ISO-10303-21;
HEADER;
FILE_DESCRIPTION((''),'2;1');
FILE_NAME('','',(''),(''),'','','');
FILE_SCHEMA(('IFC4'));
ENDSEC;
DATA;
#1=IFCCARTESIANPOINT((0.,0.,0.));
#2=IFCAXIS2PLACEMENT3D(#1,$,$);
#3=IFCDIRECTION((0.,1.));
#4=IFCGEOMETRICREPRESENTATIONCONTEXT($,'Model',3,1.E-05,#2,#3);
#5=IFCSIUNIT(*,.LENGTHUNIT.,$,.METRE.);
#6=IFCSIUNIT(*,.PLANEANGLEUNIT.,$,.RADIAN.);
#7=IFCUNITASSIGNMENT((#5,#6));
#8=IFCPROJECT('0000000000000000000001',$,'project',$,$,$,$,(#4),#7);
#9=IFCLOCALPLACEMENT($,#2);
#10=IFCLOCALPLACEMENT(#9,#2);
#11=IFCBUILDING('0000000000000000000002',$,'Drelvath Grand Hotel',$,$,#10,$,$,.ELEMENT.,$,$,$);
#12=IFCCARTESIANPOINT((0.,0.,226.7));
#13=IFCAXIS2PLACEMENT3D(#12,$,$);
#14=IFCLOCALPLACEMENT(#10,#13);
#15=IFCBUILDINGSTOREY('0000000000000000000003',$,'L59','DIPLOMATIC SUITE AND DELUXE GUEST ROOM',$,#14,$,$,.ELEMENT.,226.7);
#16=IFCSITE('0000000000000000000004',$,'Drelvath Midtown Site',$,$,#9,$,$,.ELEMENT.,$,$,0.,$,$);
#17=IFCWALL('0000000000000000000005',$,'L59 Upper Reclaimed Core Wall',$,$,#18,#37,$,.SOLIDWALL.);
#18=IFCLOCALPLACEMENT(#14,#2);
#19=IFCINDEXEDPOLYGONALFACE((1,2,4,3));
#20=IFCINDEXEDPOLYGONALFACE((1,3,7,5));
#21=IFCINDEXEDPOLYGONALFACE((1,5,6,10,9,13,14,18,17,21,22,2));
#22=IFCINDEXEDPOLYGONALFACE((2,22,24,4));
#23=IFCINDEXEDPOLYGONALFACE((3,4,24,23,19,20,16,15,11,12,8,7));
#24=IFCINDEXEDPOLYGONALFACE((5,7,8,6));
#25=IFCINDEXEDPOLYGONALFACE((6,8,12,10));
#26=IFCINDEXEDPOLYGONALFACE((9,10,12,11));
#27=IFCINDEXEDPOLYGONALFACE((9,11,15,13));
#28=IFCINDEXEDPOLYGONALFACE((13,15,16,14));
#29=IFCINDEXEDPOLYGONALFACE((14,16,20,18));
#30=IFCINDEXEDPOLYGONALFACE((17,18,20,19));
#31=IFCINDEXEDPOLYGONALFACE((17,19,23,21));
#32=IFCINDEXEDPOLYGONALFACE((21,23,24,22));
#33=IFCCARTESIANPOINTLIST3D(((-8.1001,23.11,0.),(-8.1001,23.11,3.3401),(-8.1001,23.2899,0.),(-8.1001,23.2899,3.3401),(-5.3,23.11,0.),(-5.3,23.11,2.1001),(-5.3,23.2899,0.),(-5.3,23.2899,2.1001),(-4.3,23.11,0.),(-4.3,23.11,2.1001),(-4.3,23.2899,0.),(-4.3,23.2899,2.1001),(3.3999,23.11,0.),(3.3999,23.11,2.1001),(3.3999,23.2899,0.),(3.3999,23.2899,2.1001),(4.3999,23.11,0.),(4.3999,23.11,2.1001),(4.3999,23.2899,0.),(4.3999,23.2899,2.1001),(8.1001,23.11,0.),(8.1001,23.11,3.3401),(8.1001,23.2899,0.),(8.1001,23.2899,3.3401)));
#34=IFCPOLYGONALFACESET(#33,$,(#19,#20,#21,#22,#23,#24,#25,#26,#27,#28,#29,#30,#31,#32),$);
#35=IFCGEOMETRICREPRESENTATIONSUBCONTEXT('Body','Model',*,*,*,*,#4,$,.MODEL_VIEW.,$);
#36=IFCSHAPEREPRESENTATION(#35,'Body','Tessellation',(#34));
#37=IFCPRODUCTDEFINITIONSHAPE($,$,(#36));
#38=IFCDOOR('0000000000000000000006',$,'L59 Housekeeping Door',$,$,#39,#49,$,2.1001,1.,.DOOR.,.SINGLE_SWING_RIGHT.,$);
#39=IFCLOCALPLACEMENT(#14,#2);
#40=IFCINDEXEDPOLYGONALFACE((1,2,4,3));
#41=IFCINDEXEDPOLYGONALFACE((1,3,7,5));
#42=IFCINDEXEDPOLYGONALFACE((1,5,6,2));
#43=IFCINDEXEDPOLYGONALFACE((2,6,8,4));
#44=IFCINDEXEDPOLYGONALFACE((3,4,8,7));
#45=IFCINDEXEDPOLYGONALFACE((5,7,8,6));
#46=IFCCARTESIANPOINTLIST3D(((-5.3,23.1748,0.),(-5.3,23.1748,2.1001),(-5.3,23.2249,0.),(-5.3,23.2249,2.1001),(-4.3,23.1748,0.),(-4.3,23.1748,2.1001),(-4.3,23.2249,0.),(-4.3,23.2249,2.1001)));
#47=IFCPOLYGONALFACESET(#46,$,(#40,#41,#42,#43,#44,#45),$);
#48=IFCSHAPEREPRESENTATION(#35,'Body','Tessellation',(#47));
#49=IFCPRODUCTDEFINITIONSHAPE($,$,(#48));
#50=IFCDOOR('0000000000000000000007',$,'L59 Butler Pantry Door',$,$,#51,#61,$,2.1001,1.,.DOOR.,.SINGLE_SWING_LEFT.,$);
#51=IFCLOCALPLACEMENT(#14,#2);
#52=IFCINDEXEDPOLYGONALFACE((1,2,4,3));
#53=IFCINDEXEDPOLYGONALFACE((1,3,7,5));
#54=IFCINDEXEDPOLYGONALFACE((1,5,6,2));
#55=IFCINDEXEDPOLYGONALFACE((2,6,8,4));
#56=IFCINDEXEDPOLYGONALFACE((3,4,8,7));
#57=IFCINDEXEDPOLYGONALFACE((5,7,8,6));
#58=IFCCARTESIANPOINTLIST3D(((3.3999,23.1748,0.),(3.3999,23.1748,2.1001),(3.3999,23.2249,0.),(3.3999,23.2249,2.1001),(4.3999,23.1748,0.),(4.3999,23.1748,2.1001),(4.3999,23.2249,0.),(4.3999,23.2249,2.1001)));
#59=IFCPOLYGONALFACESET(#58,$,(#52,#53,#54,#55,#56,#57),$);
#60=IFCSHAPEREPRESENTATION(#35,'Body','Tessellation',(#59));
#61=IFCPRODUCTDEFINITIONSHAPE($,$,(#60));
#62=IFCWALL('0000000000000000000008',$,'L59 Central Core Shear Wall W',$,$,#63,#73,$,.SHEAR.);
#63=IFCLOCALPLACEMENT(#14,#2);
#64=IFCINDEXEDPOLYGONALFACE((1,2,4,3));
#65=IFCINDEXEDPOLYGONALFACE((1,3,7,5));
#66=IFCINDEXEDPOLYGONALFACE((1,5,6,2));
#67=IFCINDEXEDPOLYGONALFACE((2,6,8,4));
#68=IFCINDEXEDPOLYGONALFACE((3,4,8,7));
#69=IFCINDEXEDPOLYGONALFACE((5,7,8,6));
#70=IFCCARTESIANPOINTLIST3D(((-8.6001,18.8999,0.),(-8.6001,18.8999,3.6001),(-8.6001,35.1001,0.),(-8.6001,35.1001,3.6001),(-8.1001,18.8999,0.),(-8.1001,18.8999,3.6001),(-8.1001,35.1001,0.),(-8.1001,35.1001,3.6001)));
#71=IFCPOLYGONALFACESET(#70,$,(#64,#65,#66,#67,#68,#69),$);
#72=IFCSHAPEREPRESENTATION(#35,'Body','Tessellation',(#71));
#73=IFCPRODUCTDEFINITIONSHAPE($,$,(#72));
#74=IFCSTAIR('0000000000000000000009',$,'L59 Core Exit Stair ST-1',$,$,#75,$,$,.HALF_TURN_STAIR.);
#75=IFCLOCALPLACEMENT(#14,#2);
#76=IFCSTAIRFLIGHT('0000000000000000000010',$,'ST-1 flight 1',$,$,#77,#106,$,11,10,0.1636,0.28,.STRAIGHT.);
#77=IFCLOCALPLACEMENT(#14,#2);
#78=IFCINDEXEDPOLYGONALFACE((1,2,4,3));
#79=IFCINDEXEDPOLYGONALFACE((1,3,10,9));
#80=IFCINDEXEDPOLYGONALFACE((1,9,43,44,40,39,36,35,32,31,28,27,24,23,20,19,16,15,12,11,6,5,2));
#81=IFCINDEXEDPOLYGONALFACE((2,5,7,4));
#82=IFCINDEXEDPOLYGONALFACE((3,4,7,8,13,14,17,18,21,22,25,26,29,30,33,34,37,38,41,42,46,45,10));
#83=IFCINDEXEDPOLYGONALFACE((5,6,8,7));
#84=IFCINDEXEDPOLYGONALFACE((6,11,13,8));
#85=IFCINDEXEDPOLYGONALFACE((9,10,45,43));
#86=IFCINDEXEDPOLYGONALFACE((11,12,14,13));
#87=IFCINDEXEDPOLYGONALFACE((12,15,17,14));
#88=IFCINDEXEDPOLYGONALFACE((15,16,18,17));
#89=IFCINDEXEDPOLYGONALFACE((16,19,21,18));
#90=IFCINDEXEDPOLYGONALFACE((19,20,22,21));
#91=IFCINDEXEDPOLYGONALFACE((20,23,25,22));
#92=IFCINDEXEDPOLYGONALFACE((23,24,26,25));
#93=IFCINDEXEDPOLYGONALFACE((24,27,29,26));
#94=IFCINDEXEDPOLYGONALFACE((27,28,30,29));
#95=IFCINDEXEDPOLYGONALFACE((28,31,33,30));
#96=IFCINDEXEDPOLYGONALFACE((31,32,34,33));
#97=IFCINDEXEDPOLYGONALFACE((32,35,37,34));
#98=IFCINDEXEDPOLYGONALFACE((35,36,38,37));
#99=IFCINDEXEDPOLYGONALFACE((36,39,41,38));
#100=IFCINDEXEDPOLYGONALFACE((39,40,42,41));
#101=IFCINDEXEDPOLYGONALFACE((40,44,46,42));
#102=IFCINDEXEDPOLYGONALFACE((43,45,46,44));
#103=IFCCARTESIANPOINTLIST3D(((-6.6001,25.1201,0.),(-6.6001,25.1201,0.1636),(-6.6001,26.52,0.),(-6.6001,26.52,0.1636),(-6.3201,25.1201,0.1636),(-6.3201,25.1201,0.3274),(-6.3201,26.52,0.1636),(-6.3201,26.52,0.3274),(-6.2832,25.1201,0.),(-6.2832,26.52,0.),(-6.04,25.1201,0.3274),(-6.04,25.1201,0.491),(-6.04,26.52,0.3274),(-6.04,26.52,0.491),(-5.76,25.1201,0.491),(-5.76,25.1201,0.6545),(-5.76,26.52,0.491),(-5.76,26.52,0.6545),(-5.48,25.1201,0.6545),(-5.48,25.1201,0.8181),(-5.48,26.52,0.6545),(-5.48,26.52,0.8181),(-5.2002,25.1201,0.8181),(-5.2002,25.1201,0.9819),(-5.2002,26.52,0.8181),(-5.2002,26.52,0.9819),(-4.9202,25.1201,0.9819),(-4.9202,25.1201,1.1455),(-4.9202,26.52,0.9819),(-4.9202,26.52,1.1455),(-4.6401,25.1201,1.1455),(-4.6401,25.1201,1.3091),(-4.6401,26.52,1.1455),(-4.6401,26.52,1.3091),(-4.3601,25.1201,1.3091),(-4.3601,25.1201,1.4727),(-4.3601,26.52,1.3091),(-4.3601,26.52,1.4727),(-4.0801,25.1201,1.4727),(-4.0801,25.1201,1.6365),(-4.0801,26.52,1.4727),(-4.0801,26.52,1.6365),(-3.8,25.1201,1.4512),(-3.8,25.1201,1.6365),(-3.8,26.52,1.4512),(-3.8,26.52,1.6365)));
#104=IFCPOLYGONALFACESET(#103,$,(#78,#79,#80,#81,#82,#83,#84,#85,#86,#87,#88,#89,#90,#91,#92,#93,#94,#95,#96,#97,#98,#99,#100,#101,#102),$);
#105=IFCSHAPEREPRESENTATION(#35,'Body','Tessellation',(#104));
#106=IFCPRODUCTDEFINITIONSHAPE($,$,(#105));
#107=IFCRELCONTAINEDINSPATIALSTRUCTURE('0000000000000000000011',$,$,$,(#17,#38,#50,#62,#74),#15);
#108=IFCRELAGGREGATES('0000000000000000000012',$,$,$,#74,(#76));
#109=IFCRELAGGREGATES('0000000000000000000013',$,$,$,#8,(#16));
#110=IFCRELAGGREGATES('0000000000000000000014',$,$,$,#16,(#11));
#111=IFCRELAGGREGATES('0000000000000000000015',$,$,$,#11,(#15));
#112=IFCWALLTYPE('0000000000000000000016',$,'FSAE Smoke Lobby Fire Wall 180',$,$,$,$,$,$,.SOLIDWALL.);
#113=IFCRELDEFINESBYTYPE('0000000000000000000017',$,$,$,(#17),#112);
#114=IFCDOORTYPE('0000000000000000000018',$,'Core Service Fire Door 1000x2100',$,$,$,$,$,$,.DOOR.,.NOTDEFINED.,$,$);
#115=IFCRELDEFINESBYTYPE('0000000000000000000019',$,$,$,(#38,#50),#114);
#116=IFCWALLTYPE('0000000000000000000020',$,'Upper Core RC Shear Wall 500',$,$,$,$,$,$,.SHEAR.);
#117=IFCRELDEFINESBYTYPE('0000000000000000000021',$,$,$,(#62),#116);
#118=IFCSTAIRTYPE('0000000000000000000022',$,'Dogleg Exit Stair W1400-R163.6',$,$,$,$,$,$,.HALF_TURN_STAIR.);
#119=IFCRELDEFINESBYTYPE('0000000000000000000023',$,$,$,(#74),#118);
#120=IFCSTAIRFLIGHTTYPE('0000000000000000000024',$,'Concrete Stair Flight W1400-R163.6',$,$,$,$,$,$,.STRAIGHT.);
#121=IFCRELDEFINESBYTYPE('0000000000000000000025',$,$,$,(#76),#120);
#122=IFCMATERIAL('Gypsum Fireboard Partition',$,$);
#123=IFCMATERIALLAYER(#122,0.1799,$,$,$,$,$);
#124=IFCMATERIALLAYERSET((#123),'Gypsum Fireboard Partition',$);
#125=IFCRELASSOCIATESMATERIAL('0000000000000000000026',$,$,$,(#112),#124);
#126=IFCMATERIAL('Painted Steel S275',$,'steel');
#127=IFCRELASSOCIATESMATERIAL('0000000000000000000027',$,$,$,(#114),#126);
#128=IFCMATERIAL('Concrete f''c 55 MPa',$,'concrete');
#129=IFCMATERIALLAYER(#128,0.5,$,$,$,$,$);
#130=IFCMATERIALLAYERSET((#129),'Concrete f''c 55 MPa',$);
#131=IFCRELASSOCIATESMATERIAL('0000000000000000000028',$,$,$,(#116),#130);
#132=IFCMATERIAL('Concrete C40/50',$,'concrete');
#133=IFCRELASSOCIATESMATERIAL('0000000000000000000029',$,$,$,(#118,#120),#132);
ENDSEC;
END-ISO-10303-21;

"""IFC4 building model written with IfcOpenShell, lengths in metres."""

from ifc_helpers import new_model, si_unit, direction, frame, frame_2d, origin, place, context, subcontext, project, spatial, polyline, rectangle, outline, extrude, material, layer, layer_set, type_object, element, fill, aggregate, save


model = new_model("IFC4")

# Units and contexts
model_context = context("Model", 3, precision=1e-05, world=origin(), true_north=direction((0.0, 1.0)))
body_context = subcontext(model_context, "Body", "Model", "MODEL_VIEW")
ifc_project = project(units=[si_unit("LENGTHUNIT", "METRE"), si_unit("PLANEANGLEUNIT", "RADIAN")], contexts=[model_context])

# Site, building, storey
site_placement = place(None, origin())
site = spatial("IfcSite", under=ifc_project, at=site_placement, Name="Drelvath Midtown Site", CompositionType="ELEMENT", RefElevation=0.0)
building_placement = place(site_placement, origin())
building = spatial("IfcBuilding", under=site, at=building_placement, Name="Drelvath Grand Hotel", CompositionType="ELEMENT")
storey_placement = place(building_placement, frame((0.0, 0.0, 226.7)))
storey = spatial("IfcBuildingStorey", under=building, at=storey_placement, Name="L59", Description="DIPLOMATIC SUITE AND DELUXE GUEST ROOM", CompositionType="ELEMENT", Elevation=226.7)

# Shared definitions
ifc_material_1 = material(Name="Concrete f'c 55 MPa", Category="concrete")

# Shared definitions
ifc_material_2 = material(Name="Concrete C40/50", Category="concrete")
ifc_material_3 = material(Name="Painted Steel S275", Category="steel")

# Wall, openings, doors
ifc_material_4 = material(Name="Gypsum Fireboard Partition")
ifc_layer_1 = layer(ifc_material_4, 0.1799)
ifc_layer_set_1 = layer_set([ifc_layer_1], Name="Gypsum Fireboard Partition")
wall_type_1 = type_object("IfcWallType", Name="FSAE Smoke Lobby Fire Wall 180", PredefinedType="SOLIDWALL", material=ifc_layer_set_1)
wall_1_placement = place(storey_placement, frame((-8.1001, 23.2, 0.0), z_axis=(0.0, 0.0, 1.0), x_axis=(1.0, 0.0, 0.0)))
wall_1 = element("IfcWall", 1, at=wall_1_placement, inside=storey, type_object=wall_type_1, Name="L59 Upper Reclaimed Core Wall", PredefinedType="SOLIDWALL", context=body_context, shape_type="SweptSolid", body=[
    extrude(rectangle(XDim=16.2002, YDim=0.1799, at=frame_2d((8.1001, 0.0))), origin(), (0.0, 0.0, 1.0), 3.3401),
])
opening_1_placement = place(wall_1_placement, frame((2.8, 0.0, 0.0)))
opening_1 = element("IfcOpeningElement", 2, at=opening_1_placement, cuts=wall_1, PredefinedType="OPENING", context=body_context, shape_type="SweptSolid", body=[
    extrude(rectangle(XDim=1.0, YDim=2.1001, at=frame_2d((0.5, 1.05))), frame((0.0, 0.0999, 0.0), z_axis=(0.0, -1.0, 0.0), x_axis=(1.0, 0.0, 0.0)), (0.0, 0.0, 1.0), 0.2),
])
opening_2_placement = place(wall_1_placement, frame((11.5, 0.0, 0.0)))
opening_2 = element("IfcOpeningElement", 3, at=opening_2_placement, cuts=wall_1, PredefinedType="OPENING", context=body_context, shape_type="SweptSolid", body=[
    extrude(rectangle(XDim=1.0, YDim=2.1001, at=frame_2d((0.5, 1.05))), frame((0.0, 0.0999, 0.0), z_axis=(0.0, -1.0, 0.0), x_axis=(1.0, 0.0, 0.0)), (0.0, 0.0, 1.0), 0.2),
])
door_type_1 = type_object("IfcDoorType", Name="Core Service Fire Door 1000x2100", OperationType="NOTDEFINED", PredefinedType="DOOR", material=ifc_material_3)
door_1_placement = place(opening_1_placement, origin())
door_1 = element("IfcDoor", 4, at=door_1_placement, inside=storey, type_object=door_type_1, Name="L59 Housekeeping Door", OperationType="SINGLE_SWING_RIGHT", OverallHeight=2.1001, OverallWidth=1.0, PredefinedType="DOOR", context=body_context, shape_type="SweptSolid", body=[
    extrude(rectangle(XDim=1.0, YDim=2.1001, at=frame_2d((0.5, 1.05))), frame((0.0, 0.0249, 0.0), z_axis=(0.0, -1.0, 0.0), x_axis=(1.0, 0.0, 0.0)), (0.0, 0.0, 1.0), 0.05),
])
fill(opening_1, door_1)
door_2_placement = place(opening_2_placement, origin())
door_2 = element("IfcDoor", 5, at=door_2_placement, inside=storey, type_object=door_type_1, Name="L59 Butler Pantry Door", OperationType="SINGLE_SWING_LEFT", OverallHeight=2.1001, OverallWidth=1.0, PredefinedType="DOOR", context=body_context, shape_type="SweptSolid", body=[
    extrude(rectangle(XDim=1.0, YDim=2.1001, at=frame_2d((0.5, 1.05))), frame((0.0, 0.0249, 0.0), z_axis=(0.0, -1.0, 0.0), x_axis=(1.0, 0.0, 0.0)), (0.0, 0.0, 1.0), 0.05),
])
fill(opening_2, door_2)

# Wall
ifc_layer_2 = layer(ifc_material_1, 0.5)
ifc_layer_set_2 = layer_set([ifc_layer_2], Name="Concrete f'c 55 MPa")
wall_type_2 = type_object("IfcWallType", Name="Upper Core RC Shear Wall 500", PredefinedType="SHEAR", material=ifc_layer_set_2)
wall_2_placement = place(storey_placement, frame((-8.3501, 18.8999, 0.0), z_axis=(0.0, 0.0, 1.0), x_axis=(0.0, 1.0, 0.0)))
element("IfcWall", 6, at=wall_2_placement, inside=storey, type_object=wall_type_2, Name="L59 Central Core Shear Wall W", PredefinedType="SHEAR", context=body_context, shape_type="SweptSolid", body=[
    extrude(rectangle(XDim=16.2002, YDim=0.5, at=frame_2d((8.1001, 0.0))), origin(), (0.0, 0.0, 1.0), 3.6001),
])

# Stair, stair flight
stair_type = type_object("IfcStairType", Name="Dogleg Exit Stair W1400-R163.6", PredefinedType="HALF_TURN_STAIR", material=ifc_material_2)
stair_placement = place(storey_placement, origin())
stair = element("IfcStair", 7, at=stair_placement, inside=storey, type_object=stair_type, Name="L59 Core Exit Stair ST-1", PredefinedType="HALF_TURN_STAIR")
stair_flight_type = type_object("IfcStairFlightType", Name="Concrete Stair Flight W1400-R163.6", PredefinedType="STRAIGHT", material=ifc_material_2)
stair_flight_placement = place(storey_placement, frame((-6.6001, 25.8201, 0.0), z_axis=(0.0, 0.0, 1.0), x_axis=(1.0, 0.0, 0.0)))
stair_flight = element("IfcStairFlight", 8, at=stair_flight_placement, type_object=stair_flight_type, Name="ST-1 flight 1", NumberOfRisers=11, NumberOfTreads=10, PredefinedType="STRAIGHT", RiserHeight=0.1636, TreadLength=0.28, context=body_context, shape_type="SweptSolid", body=[
    extrude(outline(polyline([(0.0, 0.0), (0.0, 0.1636), (0.28, 0.1636), (0.28, 0.3274), (0.5601, 0.3274), (0.5601, 0.491), (0.8401, 0.491), (0.8401, 0.6545), (1.1201, 0.6545), (1.1201, 0.8181), (1.3999, 0.8181), (1.3999, 0.9819), (1.6799, 0.9819), (1.6799, 1.1455), (1.96, 1.1455), (1.96, 1.3091), (2.24, 1.3091), (2.24, 1.4727), (2.52, 1.4727), (2.52, 1.6365), (2.8, 1.6365), (2.8, 1.8), (2.8, 1.4512), (0.3169, 0.0), (0.0, 0.0)])), frame((0.0, 0.7, 0.0), z_axis=(0.0, -1.0, 0.0), x_axis=(1.0, 0.0, 0.0)), (0.0, 0.0, 1.0), 1.3999),
])
aggregate(stair, [stair_flight])

save(model, "model.ifc")
